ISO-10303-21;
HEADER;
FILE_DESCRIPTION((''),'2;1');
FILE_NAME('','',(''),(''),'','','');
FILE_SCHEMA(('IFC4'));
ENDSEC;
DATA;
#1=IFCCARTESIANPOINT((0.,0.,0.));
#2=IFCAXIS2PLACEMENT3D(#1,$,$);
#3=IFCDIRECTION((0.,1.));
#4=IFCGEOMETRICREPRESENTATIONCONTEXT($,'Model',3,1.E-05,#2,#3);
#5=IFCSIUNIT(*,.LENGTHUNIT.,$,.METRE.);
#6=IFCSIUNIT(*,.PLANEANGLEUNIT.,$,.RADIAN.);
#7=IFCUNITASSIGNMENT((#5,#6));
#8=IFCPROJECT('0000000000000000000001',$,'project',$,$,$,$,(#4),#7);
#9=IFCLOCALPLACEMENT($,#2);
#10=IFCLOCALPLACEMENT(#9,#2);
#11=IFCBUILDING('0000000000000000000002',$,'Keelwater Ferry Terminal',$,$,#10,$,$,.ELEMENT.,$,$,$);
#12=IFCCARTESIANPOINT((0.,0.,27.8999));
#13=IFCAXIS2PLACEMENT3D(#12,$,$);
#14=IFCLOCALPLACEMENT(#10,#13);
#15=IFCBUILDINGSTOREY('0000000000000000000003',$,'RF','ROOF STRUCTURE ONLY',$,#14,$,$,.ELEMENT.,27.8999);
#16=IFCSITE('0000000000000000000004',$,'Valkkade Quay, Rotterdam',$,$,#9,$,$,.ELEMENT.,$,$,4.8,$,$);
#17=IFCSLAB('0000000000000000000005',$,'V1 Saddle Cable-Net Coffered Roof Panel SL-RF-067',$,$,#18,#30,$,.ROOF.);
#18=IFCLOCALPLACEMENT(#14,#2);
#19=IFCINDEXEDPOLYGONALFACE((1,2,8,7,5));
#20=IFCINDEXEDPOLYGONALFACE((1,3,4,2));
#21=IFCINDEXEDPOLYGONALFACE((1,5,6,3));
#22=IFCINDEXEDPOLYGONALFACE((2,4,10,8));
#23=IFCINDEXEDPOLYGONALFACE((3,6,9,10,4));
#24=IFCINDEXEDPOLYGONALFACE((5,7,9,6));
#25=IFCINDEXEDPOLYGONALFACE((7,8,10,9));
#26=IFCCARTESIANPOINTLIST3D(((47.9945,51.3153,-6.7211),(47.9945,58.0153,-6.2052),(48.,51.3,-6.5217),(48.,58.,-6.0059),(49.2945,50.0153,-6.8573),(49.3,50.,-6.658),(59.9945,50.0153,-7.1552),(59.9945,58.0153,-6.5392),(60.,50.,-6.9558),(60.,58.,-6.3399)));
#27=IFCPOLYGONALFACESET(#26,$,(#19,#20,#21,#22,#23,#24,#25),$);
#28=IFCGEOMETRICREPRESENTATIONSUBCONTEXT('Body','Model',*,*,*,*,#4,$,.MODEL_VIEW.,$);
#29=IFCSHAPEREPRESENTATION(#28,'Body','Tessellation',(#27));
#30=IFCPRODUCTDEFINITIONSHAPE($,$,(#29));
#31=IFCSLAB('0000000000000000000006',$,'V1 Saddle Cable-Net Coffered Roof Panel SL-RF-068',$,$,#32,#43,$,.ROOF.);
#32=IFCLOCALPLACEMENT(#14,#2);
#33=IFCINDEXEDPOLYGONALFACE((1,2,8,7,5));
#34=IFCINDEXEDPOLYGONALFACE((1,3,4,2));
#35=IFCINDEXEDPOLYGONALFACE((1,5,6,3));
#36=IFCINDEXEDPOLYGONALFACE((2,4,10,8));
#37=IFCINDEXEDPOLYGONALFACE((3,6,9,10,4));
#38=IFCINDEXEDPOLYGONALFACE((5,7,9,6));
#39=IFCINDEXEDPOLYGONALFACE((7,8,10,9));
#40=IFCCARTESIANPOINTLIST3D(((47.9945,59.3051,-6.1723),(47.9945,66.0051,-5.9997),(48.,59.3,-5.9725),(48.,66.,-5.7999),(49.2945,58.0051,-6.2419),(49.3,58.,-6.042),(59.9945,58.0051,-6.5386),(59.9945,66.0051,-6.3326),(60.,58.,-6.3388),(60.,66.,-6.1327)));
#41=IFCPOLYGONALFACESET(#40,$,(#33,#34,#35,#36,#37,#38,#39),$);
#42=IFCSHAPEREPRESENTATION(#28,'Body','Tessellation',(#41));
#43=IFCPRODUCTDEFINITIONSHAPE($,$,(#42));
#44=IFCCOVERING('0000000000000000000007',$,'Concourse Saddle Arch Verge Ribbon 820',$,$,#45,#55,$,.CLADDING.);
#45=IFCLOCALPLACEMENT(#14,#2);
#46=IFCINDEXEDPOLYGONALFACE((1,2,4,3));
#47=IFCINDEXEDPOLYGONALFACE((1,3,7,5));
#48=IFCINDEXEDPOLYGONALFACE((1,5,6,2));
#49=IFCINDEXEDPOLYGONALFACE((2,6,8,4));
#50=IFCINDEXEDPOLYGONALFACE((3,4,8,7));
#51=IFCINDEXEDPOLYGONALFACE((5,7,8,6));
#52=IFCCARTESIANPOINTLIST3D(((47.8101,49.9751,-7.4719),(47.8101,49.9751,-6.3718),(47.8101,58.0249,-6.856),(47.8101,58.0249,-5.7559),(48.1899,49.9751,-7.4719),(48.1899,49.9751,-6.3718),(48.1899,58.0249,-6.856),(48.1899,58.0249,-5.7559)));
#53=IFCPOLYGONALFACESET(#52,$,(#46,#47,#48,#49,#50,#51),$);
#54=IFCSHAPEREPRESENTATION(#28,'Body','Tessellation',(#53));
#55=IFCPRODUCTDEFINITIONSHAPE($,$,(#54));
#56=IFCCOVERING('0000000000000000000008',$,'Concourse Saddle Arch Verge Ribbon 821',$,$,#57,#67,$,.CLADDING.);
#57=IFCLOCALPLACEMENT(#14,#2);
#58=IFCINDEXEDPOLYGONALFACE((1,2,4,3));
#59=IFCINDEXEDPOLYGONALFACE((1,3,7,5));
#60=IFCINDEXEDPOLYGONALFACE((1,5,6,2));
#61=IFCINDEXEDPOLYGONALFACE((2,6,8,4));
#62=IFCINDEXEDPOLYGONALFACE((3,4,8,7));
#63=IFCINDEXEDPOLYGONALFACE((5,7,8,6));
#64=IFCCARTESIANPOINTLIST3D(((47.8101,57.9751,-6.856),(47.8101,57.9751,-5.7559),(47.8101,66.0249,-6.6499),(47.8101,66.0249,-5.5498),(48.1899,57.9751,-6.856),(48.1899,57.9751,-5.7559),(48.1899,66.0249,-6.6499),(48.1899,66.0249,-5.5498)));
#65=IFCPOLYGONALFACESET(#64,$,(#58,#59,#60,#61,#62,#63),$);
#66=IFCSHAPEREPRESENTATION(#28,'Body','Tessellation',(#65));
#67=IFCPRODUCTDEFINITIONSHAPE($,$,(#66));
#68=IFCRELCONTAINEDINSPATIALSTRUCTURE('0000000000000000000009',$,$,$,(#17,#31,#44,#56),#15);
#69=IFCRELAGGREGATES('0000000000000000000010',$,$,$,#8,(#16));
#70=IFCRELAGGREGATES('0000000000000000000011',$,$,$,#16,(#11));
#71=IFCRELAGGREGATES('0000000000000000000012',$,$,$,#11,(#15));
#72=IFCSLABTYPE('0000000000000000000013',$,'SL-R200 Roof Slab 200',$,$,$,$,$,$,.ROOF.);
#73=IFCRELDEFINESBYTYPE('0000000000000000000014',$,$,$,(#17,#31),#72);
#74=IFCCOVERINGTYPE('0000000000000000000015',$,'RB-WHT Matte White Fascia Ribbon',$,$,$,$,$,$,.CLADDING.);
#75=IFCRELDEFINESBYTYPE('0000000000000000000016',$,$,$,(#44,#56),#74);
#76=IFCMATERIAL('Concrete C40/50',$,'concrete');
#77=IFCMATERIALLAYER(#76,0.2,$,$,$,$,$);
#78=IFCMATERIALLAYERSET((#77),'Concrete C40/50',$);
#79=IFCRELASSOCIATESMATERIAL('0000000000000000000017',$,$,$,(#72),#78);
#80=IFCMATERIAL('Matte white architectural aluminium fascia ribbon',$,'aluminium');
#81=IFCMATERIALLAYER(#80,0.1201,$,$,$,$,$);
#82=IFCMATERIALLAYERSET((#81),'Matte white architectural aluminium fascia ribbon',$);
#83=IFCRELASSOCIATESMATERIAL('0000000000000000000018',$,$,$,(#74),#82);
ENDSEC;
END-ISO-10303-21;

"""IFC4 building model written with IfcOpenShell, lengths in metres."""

from ifc_helpers import new_model, si_unit, direction, frame, origin, origin_with_axes, place, context, subcontext, project, spatial, polyline, outline, extrude, material, layer, layer_set, type_object, element, save


model = new_model("IFC4")

# Units and contexts
model_context = context("Model", 3, precision=1e-05, world=origin(), true_north=direction((0.0, 1.0)))
body_context = subcontext(model_context, "Body", "Model", "MODEL_VIEW")
ifc_project = project(units=[si_unit("LENGTHUNIT", "METRE"), si_unit("PLANEANGLEUNIT", "RADIAN")], contexts=[model_context])

# Site, building, storey
site_placement = place(None, origin())
site = spatial("IfcSite", under=ifc_project, at=site_placement, Name="Valkkade Quay, Rotterdam", CompositionType="ELEMENT", RefElevation=4.8)
building_placement = place(site_placement, origin())
building = spatial("IfcBuilding", under=site, at=building_placement, Name="Keelwater Ferry Terminal", CompositionType="ELEMENT")
storey_placement = place(building_placement, frame((0.0, 0.0, 27.8999)))
storey = spatial("IfcBuildingStorey", under=building, at=storey_placement, Name="RF", Description="ROOF STRUCTURE ONLY", CompositionType="ELEMENT", Elevation=27.8999)

# Slabs
ifc_material_1 = material(Name="Concrete C40/50", Category="concrete")
ifc_layer_1 = layer(ifc_material_1, 0.2)
ifc_layer_set_1 = layer_set([ifc_layer_1], Name="Concrete C40/50")
slab_type = type_object("IfcSlabType", Name="SL-R200 Roof Slab 200", PredefinedType="ROOF", material=ifc_layer_set_1)
slab_1_placement = place(storey_placement, frame((49.2945, 50.0153, -6.8573), z_axis=(0.027741, -0.076737, 0.996665), x_axis=(0.999615, 0.00213, -0.027659)))
element("IfcSlab", 1, at=slab_1_placement, inside=storey, type_object=slab_type, Name="V1 Saddle Cable-Net Coffered Roof Panel SL-RF-067", PredefinedType="ROOF", context=body_context, shape_type="SweptSolid", body=[
    extrude(outline(polyline([(0.0, 0.0), (10.7041, -0.0229), (10.7041, 8.0008), (-1.3005, 8.0264), (-1.3005, 1.3066), (0.0, 0.0)])), origin_with_axes(), (0.0, 0.0, 1.0), 0.2),
])
slab_2_placement = place(storey_placement, frame((49.2945, 58.0051, -6.2419), z_axis=(0.027718, -0.025741, 0.999284), x_axis=(0.999616, 0.000714, -0.027708)))
element("IfcSlab", 2, at=slab_2_placement, inside=storey, type_object=slab_type, Name="V1 Saddle Cable-Net Coffered Roof Panel SL-RF-068", PredefinedType="ROOF", context=body_context, shape_type="SweptSolid", body=[
    extrude(outline(polyline([(0.0, 0.0), (10.7041, -0.0076), (10.7041, 7.995), (-1.3005, 8.0036), (-1.3005, 1.3013), (0.0, 0.0)])), origin_with_axes(), (0.0, 0.0, 1.0), 0.2),
])

# Coverings
ifc_material_2 = material(Name="Matte white architectural aluminium fascia ribbon", Category="aluminium")
ifc_layer_2 = layer(ifc_material_2, 0.1201)
ifc_layer_set_2 = layer_set([ifc_layer_2], Name="Matte white architectural aluminium fascia ribbon")
covering_type = type_object("IfcCoveringType", Name="RB-WHT Matte White Fascia Ribbon", PredefinedType="CLADDING", material=ifc_layer_set_2)
covering_1_placement = place(storey_placement, frame((48.0, 49.9751, -7.4719), z_axis=(0.0, 0.0, 1.0), x_axis=(0.0, 1.0, 0.0)))
element("IfcCovering", 3, at=covering_1_placement, inside=storey, type_object=covering_type, Name="Concourse Saddle Arch Verge Ribbon 820", PredefinedType="CLADDING", context=body_context, shape_type="SweptSolid", body=[
    extrude(outline(polyline([(0.0, 0.0), (8.0498, 0.616), (8.0498, 1.7161), (0.0, 1.1001), (0.0, 0.0)])), frame((0.0, 0.1899, 0.0), z_axis=(0.0, -1.0, 0.0), x_axis=(1.0, 0.0, 0.0)), (0.0, 0.0, 1.0), 0.3799),
])
covering_2_placement = place(storey_placement, frame((48.0, 57.9751, -6.856), z_axis=(0.0, 0.0, 1.0), x_axis=(0.0, 1.0, 0.0)))
element("IfcCovering", 4, at=covering_2_placement, inside=storey, type_object=covering_type, Name="Concourse Saddle Arch Verge Ribbon 821", PredefinedType="CLADDING", context=body_context, shape_type="SweptSolid", body=[
    extrude(outline(polyline([(0.0, 0.0), (8.0498, 0.2061), (8.0498, 1.3062), (0.0, 1.1001), (0.0, 0.0)])), frame((0.0, 0.1899, 0.0), z_axis=(0.0, -1.0, 0.0), x_axis=(1.0, 0.0, 0.0)), (0.0, 0.0, 1.0), 0.3799),
])

save(model, "model.ifc")
